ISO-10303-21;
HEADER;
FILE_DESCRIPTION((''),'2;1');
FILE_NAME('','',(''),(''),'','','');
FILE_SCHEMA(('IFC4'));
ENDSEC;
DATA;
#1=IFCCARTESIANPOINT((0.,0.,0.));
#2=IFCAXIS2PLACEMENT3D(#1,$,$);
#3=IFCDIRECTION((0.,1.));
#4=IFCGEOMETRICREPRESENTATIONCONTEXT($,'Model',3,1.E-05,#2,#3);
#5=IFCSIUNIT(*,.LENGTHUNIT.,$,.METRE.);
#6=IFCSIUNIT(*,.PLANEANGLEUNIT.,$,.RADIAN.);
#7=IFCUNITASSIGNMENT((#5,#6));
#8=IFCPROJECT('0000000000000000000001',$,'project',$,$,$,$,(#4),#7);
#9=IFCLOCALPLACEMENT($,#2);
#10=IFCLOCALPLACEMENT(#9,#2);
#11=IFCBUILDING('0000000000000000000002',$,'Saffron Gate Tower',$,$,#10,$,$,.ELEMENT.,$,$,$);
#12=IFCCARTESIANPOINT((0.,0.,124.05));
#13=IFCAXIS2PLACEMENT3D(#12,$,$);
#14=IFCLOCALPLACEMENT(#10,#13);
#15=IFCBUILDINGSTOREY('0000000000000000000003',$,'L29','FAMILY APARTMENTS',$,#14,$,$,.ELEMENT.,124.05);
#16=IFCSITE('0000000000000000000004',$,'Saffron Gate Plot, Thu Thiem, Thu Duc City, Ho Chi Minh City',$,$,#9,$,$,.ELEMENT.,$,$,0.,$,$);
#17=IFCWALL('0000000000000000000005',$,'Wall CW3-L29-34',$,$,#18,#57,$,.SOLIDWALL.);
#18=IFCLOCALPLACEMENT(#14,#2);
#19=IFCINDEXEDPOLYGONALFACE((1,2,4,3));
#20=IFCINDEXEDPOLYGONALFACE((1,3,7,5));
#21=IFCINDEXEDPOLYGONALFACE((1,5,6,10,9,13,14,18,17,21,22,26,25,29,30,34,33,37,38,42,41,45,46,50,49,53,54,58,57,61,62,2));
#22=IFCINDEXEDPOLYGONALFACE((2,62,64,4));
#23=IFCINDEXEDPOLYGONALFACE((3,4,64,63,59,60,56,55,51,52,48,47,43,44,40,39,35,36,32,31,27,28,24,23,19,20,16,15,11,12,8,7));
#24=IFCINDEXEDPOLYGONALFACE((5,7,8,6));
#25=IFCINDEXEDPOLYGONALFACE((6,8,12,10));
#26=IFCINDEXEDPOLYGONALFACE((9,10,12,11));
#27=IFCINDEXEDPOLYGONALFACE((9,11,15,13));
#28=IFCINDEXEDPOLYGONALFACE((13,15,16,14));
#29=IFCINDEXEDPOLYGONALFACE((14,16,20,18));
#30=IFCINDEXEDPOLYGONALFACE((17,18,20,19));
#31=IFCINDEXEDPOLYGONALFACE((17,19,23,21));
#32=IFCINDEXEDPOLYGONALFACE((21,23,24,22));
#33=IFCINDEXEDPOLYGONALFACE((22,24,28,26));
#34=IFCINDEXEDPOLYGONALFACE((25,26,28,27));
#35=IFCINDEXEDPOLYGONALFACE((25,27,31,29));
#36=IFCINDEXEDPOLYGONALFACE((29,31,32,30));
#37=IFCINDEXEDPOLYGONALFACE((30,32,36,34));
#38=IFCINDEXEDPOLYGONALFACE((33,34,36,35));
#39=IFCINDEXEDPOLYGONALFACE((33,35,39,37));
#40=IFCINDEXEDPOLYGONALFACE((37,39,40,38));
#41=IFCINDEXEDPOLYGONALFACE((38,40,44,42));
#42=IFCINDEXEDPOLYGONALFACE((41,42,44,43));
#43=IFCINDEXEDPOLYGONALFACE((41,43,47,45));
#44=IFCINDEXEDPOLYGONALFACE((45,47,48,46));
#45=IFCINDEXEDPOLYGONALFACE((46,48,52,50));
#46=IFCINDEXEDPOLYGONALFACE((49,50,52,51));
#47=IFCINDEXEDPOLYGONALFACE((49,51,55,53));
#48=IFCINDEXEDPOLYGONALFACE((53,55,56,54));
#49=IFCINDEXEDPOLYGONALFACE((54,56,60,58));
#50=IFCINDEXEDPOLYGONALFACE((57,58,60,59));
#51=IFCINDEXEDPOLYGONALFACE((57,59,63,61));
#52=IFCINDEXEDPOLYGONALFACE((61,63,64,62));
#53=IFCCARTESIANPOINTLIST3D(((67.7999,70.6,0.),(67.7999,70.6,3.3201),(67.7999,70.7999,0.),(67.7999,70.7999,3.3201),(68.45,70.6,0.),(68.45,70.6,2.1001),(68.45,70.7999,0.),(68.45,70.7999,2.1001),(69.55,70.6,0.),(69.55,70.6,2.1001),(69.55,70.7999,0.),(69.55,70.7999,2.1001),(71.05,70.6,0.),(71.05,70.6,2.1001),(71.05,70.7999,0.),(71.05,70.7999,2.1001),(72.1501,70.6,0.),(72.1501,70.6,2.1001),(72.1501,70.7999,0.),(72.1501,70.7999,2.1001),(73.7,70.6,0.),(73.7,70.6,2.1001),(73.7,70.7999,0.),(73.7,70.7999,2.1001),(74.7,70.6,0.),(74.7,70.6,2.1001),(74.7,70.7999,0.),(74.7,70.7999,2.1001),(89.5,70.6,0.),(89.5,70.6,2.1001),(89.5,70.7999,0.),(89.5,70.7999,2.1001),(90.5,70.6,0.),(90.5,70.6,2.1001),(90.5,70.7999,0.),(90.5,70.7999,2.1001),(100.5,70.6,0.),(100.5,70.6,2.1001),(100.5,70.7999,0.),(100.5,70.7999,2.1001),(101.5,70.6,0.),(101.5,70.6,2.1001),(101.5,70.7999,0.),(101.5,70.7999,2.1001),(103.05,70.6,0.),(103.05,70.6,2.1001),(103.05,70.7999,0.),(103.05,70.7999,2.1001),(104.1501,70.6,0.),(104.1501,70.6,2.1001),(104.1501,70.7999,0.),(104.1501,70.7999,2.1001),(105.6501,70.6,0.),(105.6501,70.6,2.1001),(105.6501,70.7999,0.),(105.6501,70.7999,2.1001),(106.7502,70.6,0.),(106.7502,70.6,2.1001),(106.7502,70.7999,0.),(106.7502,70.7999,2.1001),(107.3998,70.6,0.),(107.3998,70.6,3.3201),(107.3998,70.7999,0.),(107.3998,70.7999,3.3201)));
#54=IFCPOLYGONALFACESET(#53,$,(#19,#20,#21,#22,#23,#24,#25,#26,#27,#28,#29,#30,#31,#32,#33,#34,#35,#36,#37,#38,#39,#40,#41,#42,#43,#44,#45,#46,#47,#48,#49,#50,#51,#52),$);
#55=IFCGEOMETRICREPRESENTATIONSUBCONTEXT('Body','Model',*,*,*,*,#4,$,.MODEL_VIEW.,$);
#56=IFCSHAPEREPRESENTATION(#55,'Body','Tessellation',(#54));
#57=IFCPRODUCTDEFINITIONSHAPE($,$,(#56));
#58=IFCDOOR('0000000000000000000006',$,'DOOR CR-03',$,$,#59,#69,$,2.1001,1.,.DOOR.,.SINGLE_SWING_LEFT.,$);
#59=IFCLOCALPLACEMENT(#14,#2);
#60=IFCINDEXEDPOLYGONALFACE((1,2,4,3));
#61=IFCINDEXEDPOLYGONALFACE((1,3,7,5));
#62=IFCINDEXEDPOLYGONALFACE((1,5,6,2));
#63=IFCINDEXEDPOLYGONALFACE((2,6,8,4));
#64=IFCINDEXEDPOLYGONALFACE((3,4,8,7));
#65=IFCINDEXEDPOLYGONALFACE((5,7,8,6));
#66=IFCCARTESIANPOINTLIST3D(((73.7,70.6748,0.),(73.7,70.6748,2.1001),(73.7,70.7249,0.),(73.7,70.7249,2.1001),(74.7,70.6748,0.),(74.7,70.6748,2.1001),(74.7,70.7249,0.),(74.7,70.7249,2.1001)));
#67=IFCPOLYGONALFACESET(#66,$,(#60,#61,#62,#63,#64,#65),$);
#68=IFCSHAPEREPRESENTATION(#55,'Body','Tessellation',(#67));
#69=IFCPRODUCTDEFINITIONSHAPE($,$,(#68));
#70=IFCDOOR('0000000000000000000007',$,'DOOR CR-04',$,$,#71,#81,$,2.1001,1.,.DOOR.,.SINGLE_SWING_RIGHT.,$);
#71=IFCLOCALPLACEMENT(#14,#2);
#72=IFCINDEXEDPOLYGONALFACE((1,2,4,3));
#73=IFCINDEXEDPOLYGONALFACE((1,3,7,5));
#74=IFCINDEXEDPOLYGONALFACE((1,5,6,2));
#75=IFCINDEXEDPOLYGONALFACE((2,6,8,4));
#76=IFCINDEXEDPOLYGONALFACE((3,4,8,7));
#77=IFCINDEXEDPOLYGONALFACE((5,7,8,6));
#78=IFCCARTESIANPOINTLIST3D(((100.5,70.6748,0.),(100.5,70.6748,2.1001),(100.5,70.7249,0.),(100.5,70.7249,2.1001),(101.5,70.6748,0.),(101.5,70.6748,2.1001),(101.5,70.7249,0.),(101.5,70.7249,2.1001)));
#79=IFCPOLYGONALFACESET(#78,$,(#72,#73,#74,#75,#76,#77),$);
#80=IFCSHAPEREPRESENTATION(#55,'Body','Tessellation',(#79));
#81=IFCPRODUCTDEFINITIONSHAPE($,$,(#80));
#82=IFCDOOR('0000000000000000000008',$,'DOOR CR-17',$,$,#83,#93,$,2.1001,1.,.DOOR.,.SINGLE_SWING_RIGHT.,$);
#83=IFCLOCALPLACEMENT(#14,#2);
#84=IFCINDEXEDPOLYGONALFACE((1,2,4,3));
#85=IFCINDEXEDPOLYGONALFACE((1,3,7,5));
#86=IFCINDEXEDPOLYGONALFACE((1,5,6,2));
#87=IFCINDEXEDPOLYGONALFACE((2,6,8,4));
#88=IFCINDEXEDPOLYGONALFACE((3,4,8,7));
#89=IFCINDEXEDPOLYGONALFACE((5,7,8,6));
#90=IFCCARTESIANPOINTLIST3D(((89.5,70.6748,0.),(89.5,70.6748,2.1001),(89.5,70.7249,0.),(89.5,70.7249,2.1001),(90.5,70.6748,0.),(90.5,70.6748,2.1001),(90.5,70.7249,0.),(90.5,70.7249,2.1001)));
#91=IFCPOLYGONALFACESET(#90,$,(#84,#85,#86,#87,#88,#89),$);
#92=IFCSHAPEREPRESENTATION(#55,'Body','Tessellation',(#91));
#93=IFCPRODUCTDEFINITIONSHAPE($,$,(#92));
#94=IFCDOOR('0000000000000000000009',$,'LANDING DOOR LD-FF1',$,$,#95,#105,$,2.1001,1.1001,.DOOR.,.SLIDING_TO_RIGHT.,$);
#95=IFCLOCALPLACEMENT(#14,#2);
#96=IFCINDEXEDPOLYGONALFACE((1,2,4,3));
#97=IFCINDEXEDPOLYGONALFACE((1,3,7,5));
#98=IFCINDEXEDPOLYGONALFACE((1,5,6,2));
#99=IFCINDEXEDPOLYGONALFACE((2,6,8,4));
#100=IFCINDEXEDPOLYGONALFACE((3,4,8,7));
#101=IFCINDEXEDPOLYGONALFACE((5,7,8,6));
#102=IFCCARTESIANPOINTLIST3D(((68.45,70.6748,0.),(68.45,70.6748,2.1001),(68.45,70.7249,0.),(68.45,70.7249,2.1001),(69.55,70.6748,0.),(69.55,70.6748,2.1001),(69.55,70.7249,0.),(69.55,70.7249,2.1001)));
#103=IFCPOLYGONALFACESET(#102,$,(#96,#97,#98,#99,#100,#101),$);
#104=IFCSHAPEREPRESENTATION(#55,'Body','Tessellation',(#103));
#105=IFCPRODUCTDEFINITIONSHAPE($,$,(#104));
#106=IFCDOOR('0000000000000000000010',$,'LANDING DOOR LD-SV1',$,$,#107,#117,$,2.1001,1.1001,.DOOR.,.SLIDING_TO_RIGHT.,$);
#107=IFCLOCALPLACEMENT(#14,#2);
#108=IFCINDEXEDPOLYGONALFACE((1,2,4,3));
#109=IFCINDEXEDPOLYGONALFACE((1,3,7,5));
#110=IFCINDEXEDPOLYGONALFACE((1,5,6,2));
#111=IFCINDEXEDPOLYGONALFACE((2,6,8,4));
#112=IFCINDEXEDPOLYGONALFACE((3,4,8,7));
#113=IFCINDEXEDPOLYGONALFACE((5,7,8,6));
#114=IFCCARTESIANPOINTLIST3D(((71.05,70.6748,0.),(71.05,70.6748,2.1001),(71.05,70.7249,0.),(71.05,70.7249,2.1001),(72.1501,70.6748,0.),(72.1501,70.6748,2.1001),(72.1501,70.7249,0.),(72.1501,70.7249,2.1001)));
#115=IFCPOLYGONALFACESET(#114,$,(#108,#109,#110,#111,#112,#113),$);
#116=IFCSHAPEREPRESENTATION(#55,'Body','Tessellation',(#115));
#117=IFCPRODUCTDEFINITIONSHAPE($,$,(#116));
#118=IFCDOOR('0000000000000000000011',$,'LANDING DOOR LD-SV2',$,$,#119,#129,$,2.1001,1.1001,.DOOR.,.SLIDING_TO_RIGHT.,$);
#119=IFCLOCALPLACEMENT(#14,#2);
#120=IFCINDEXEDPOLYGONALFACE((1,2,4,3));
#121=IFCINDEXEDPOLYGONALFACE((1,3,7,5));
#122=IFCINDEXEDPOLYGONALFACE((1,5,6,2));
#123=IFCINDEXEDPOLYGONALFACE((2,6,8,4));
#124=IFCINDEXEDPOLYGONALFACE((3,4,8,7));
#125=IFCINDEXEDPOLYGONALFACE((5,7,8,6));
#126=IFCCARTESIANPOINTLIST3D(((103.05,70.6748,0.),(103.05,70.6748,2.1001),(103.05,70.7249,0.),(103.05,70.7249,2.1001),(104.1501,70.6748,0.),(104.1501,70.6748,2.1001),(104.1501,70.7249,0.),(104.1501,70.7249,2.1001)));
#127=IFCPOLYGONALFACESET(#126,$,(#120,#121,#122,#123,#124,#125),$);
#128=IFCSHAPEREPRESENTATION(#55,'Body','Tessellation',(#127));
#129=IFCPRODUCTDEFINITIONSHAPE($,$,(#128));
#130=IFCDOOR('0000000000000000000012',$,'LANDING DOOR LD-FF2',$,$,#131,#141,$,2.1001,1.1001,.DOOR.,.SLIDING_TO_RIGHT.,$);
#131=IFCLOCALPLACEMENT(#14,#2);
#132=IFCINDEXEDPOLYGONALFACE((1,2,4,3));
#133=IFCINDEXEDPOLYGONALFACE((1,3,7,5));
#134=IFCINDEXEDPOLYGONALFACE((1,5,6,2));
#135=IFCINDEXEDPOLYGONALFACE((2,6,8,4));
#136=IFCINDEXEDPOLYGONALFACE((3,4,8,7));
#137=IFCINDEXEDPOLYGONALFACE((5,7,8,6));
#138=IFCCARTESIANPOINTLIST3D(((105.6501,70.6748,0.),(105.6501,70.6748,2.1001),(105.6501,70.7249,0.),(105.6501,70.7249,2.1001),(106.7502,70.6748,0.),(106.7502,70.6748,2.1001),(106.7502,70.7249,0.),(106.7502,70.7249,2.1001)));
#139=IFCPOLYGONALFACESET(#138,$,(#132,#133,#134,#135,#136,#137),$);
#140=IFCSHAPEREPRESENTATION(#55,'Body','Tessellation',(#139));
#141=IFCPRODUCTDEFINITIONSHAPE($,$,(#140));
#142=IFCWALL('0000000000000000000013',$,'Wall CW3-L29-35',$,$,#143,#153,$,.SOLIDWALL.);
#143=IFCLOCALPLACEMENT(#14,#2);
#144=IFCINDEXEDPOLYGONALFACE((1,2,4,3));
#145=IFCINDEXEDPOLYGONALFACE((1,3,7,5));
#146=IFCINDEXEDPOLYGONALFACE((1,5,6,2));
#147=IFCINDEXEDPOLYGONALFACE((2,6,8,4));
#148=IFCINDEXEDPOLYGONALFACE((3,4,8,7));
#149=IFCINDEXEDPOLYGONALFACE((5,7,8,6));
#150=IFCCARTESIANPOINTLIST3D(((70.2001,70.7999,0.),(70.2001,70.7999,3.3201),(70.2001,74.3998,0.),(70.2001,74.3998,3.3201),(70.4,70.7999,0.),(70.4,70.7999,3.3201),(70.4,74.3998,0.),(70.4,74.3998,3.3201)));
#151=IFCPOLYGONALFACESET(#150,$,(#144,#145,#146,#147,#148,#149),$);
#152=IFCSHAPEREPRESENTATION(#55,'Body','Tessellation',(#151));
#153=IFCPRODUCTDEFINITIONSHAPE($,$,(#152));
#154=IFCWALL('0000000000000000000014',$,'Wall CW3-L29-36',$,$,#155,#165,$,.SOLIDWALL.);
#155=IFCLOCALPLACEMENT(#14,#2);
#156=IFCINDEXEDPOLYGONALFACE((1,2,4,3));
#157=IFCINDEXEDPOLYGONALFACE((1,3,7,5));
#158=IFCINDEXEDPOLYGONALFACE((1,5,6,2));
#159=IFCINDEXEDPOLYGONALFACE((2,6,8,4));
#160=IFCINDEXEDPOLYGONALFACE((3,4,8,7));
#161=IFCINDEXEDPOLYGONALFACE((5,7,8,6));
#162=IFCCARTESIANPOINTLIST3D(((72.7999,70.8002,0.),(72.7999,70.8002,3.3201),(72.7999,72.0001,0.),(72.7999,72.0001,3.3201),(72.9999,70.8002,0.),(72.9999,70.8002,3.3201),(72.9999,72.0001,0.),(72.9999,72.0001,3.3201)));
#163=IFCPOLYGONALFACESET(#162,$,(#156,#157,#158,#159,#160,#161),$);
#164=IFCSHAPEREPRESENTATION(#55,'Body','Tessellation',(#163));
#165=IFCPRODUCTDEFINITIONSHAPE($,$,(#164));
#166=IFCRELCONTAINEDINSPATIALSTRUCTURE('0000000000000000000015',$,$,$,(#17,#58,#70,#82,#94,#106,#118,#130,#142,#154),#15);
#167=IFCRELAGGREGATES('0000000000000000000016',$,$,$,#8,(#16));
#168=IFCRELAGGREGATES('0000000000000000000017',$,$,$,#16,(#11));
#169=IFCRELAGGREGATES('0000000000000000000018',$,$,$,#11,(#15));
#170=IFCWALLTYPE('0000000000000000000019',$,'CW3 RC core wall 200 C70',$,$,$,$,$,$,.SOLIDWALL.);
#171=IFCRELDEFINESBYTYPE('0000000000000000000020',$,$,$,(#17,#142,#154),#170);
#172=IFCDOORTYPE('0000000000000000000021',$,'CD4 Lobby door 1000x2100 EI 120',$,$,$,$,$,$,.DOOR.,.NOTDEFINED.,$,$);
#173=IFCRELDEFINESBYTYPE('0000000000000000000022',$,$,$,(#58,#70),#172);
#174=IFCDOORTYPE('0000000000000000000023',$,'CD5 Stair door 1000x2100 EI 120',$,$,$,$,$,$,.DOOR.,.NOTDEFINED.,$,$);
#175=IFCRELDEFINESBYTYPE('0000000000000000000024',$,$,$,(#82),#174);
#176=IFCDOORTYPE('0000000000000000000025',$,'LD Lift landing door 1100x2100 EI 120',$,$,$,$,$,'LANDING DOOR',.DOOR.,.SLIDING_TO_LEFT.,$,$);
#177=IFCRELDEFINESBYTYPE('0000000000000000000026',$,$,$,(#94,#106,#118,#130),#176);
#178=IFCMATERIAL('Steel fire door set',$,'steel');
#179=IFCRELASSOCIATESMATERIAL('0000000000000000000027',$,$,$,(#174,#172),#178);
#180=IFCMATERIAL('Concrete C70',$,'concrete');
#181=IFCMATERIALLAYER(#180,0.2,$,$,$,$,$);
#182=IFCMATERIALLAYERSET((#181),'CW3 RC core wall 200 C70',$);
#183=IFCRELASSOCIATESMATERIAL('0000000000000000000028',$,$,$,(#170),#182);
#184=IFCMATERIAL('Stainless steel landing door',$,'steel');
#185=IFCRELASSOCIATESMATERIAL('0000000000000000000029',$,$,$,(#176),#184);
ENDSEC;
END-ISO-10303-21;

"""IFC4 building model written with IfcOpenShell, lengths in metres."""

from ifc_helpers import new_model, si_unit, direction, frame, frame_2d, origin, place, context, subcontext, project, spatial, rectangle, extrude, material, layer, layer_set, type_object, element, fill, save


model = new_model("IFC4")

# Units and contexts
model_context = context("Model", 3, precision=1e-05, world=origin(), true_north=direction((0.0, 1.0)))
body_context = subcontext(model_context, "Body", "Model", "MODEL_VIEW")
ifc_project = project(units=[si_unit("LENGTHUNIT", "METRE"), si_unit("PLANEANGLEUNIT", "RADIAN")], contexts=[model_context])

# Site, building, storey
site_placement = place(None, origin())
site = spatial("IfcSite", under=ifc_project, at=site_placement, Name="Saffron Gate Plot, Thu Thiem, Thu Duc City, Ho Chi Minh City", CompositionType="ELEMENT", RefElevation=0.0)
building_placement = place(site_placement, origin())
building = spatial("IfcBuilding", under=site, at=building_placement, Name="Saffron Gate Tower", CompositionType="ELEMENT")
storey_placement = place(building_placement, frame((0.0, 0.0, 124.05)))
storey = spatial("IfcBuildingStorey", under=building, at=storey_placement, Name="L29", Description="FAMILY APARTMENTS", CompositionType="ELEMENT", Elevation=124.05)

# Wall, openings, doors
ifc_material_1 = material(Name="Concrete C70", Category="concrete")
ifc_material_2 = material(Name="Steel fire door set", Category="steel")
door_type_1 = type_object("IfcDoorType", Name="CD5 Stair door 1000x2100 EI 120", OperationType="NOTDEFINED", PredefinedType="DOOR", material=ifc_material_2)
ifc_layer_1 = layer(ifc_material_1, 0.2)
ifc_layer_set_1 = layer_set([ifc_layer_1], Name="CW3 RC core wall 200 C70")
wall_type_1 = type_object("IfcWallType", Name="CW3 RC core wall 200 C70", PredefinedType="SOLIDWALL", material=ifc_layer_set_1)
wall_1_placement = place(storey_placement, frame((67.8, 70.7, 0.0), z_axis=(0.0, 0.0, 1.0), x_axis=(1.0, 0.0, 0.0)))
wall_1 = element("IfcWall", 1, at=wall_1_placement, inside=storey, type_object=wall_type_1, Name="Wall CW3-L29-34", PredefinedType="SOLIDWALL", context=body_context, shape_type="SweptSolid", body=[
    extrude(rectangle(XDim=39.5999, YDim=0.2, at=frame_2d((19.7998, 0.0))), origin(), (0.0, 0.0, 1.0), 3.3201),
])
opening_1_placement = place(wall_1_placement, frame((0.6499, 0.0, 0.0)))
opening_1 = element("IfcOpeningElement", 2, at=opening_1_placement, cuts=wall_1, PredefinedType="OPENING", context=body_context, shape_type="SweptSolid", body=[
    extrude(rectangle(XDim=1.1001, YDim=2.1001, at=frame_2d((0.55, 1.05))), frame((0.0, 0.1099, 0.0), z_axis=(0.0, -1.0, 0.0), x_axis=(1.0, 0.0, 0.0)), (0.0, 0.0, 1.0), 0.22),
])
opening_2_placement = place(wall_1_placement, frame((3.25, 0.0, 0.0)))
opening_2 = element("IfcOpeningElement", 3, at=opening_2_placement, cuts=wall_1, PredefinedType="OPENING", context=body_context, shape_type="SweptSolid", body=[
    extrude(rectangle(XDim=1.1001, YDim=2.1001, at=frame_2d((0.55, 1.05))), frame((0.0, 0.1099, 0.0), z_axis=(0.0, -1.0, 0.0), x_axis=(1.0, 0.0, 0.0)), (0.0, 0.0, 1.0), 0.22),
])
opening_3_placement = place(wall_1_placement, frame((5.8999, 0.0, 0.0)))
opening_3 = element("IfcOpeningElement", 4, at=opening_3_placement, cuts=wall_1, PredefinedType="OPENING", context=body_context, shape_type="SweptSolid", body=[
    extrude(rectangle(XDim=1.0, YDim=2.1001, at=frame_2d((0.5, 1.05))), frame((0.0, 0.1099, 0.0), z_axis=(0.0, -1.0, 0.0), x_axis=(1.0, 0.0, 0.0)), (0.0, 0.0, 1.0), 0.22),
])
opening_4_placement = place(wall_1_placement, frame((21.7, 0.0, 0.0)))
opening_4 = element("IfcOpeningElement", 5, at=opening_4_placement, cuts=wall_1, PredefinedType="OPENING", context=body_context, shape_type="SweptSolid", body=[
    extrude(rectangle(XDim=1.0, YDim=2.1001, at=frame_2d((0.5, 1.05))), frame((0.0, 0.1099, 0.0), z_axis=(0.0, -1.0, 0.0), x_axis=(1.0, 0.0, 0.0)), (0.0, 0.0, 1.0), 0.22),
])
opening_5_placement = place(wall_1_placement, frame((32.7, 0.0, 0.0)))
opening_5 = element("IfcOpeningElement", 6, at=opening_5_placement, cuts=wall_1, PredefinedType="OPENING", context=body_context, shape_type="SweptSolid", body=[
    extrude(rectangle(XDim=1.0, YDim=2.1001, at=frame_2d((0.5, 1.05))), frame((0.0, 0.1099, 0.0), z_axis=(0.0, -1.0, 0.0), x_axis=(1.0, 0.0, 0.0)), (0.0, 0.0, 1.0), 0.22),
])
opening_6_placement = place(wall_1_placement, frame((35.25, 0.0, 0.0)))
opening_6 = element("IfcOpeningElement", 7, at=opening_6_placement, cuts=wall_1, PredefinedType="OPENING", context=body_context, shape_type="SweptSolid", body=[
    extrude(rectangle(XDim=1.1001, YDim=2.1001, at=frame_2d((0.55, 1.05))), frame((0.0, 0.1099, 0.0), z_axis=(0.0, -1.0, 0.0), x_axis=(1.0, 0.0, 0.0)), (0.0, 0.0, 1.0), 0.22),
])
opening_7_placement = place(wall_1_placement, frame((37.8501, 0.0, 0.0)))
opening_7 = element("IfcOpeningElement", 8, at=opening_7_placement, cuts=wall_1, PredefinedType="OPENING", context=body_context, shape_type="SweptSolid", body=[
    extrude(rectangle(XDim=1.1001, YDim=2.1001, at=frame_2d((0.55, 1.05))), frame((0.0, 0.1099, 0.0), z_axis=(0.0, -1.0, 0.0), x_axis=(1.0, 0.0, 0.0)), (0.0, 0.0, 1.0), 0.22),
])
door_type_2 = type_object("IfcDoorType", Name="CD4 Lobby door 1000x2100 EI 120", OperationType="NOTDEFINED", PredefinedType="DOOR", material=ifc_material_2)
door_1_placement = place(opening_3_placement, origin())
door_1 = element("IfcDoor", 9, at=door_1_placement, inside=storey, type_object=door_type_2, Name="DOOR CR-03", OperationType="SINGLE_SWING_LEFT", OverallHeight=2.1001, OverallWidth=1.0, PredefinedType="DOOR", context=body_context, shape_type="SweptSolid", body=[
    extrude(rectangle(XDim=1.0, YDim=2.1001, at=frame_2d((0.5, 1.05))), frame((0.0, 0.0249, 0.0), z_axis=(0.0, -1.0, 0.0), x_axis=(1.0, 0.0, 0.0)), (0.0, 0.0, 1.0), 0.05),
])
fill(opening_3, door_1)
door_2_placement = place(opening_5_placement, origin())
door_2 = element("IfcDoor", 10, at=door_2_placement, inside=storey, type_object=door_type_2, Name="DOOR CR-04", OperationType="SINGLE_SWING_RIGHT", OverallHeight=2.1001, OverallWidth=1.0, PredefinedType="DOOR", context=body_context, shape_type="SweptSolid", body=[
    extrude(rectangle(XDim=1.0, YDim=2.1001, at=frame_2d((0.5, 1.05))), frame((0.0, 0.0249, 0.0), z_axis=(0.0, -1.0, 0.0), x_axis=(1.0, 0.0, 0.0)), (0.0, 0.0, 1.0), 0.05),
])
fill(opening_5, door_2)
door_3_placement = place(opening_4_placement, origin())
door_3 = element("IfcDoor", 11, at=door_3_placement, inside=storey, type_object=door_type_1, Name="DOOR CR-17", OperationType="SINGLE_SWING_RIGHT", OverallHeight=2.1001, OverallWidth=1.0, PredefinedType="DOOR", context=body_context, shape_type="SweptSolid", body=[
    extrude(rectangle(XDim=1.0, YDim=2.1001, at=frame_2d((0.5, 1.05))), frame((0.0, 0.0249, 0.0), z_axis=(0.0, -1.0, 0.0), x_axis=(1.0, 0.0, 0.0)), (0.0, 0.0, 1.0), 0.05),
])
fill(opening_4, door_3)
ifc_material_3 = material(Name="Stainless steel landing door", Category="steel")
door_type_3 = type_object("IfcDoorType", Name="LD Lift landing door 1100x2100 EI 120", ElementType="LANDING DOOR", OperationType="SLIDING_TO_LEFT", PredefinedType="DOOR", material=ifc_material_3)
door_4_placement = place(opening_1_placement, origin())
door_4 = element("IfcDoor", 12, at=door_4_placement, inside=storey, type_object=door_type_3, Name="LANDING DOOR LD-FF1", OperationType="SLIDING_TO_RIGHT", OverallHeight=2.1001, OverallWidth=1.1001, PredefinedType="DOOR", context=body_context, shape_type="SweptSolid", body=[
    extrude(rectangle(XDim=1.1001, YDim=2.1001, at=frame_2d((0.55, 1.05))), frame((0.0, 0.0249, 0.0), z_axis=(0.0, -1.0, 0.0), x_axis=(1.0, 0.0, 0.0)), (0.0, 0.0, 1.0), 0.05),
])
fill(opening_1, door_4)
door_5_placement = place(opening_2_placement, origin())
door_5 = element("IfcDoor", 13, at=door_5_placement, inside=storey, type_object=door_type_3, Name="LANDING DOOR LD-SV1", OperationType="SLIDING_TO_RIGHT", OverallHeight=2.1001, OverallWidth=1.1001, PredefinedType="DOOR", context=body_context, shape_type="SweptSolid", body=[
    extrude(rectangle(XDim=1.1001, YDim=2.1001, at=frame_2d((0.55, 1.05))), frame((0.0, 0.0249, 0.0), z_axis=(0.0, -1.0, 0.0), x_axis=(1.0, 0.0, 0.0)), (0.0, 0.0, 1.0), 0.05),
])
fill(opening_2, door_5)
door_6_placement = place(opening_6_placement, origin())
door_6 = element("IfcDoor", 14, at=door_6_placement, inside=storey, type_object=door_type_3, Name="LANDING DOOR LD-SV2", OperationType="SLIDING_TO_RIGHT", OverallHeight=2.1001, OverallWidth=1.1001, PredefinedType="DOOR", context=body_context, shape_type="SweptSolid", body=[
    extrude(rectangle(XDim=1.1001, YDim=2.1001, at=frame_2d((0.55, 1.05))), frame((0.0, 0.0249, 0.0), z_axis=(0.0, -1.0, 0.0), x_axis=(1.0, 0.0, 0.0)), (0.0, 0.0, 1.0), 0.05),
])
fill(opening_6, door_6)
door_7_placement = place(opening_7_placement, origin())
door_7 = element("IfcDoor", 15, at=door_7_placement, inside=storey, type_object=door_type_3, Name="LANDING DOOR LD-FF2", OperationType="SLIDING_TO_RIGHT", OverallHeight=2.1001, OverallWidth=1.1001, PredefinedType="DOOR", context=body_context, shape_type="SweptSolid", body=[
    extrude(rectangle(XDim=1.1001, YDim=2.1001, at=frame_2d((0.55, 1.05))), frame((0.0, 0.0249, 0.0), z_axis=(0.0, -1.0, 0.0), x_axis=(1.0, 0.0, 0.0)), (0.0, 0.0, 1.0), 0.05),
])
fill(opening_7, door_7)

# Walls
wall_2_placement = place(storey_placement, frame((70.3, 70.8, 0.0), z_axis=(0.0, 0.0, 1.0), x_axis=(0.0, 1.0, 0.0)))
element("IfcWall", 16, at=wall_2_placement, inside=storey, type_object=wall_type_1, Name="Wall CW3-L29-35", PredefinedType="SOLIDWALL", context=body_context, shape_type="SweptSolid", body=[
    extrude(rectangle(XDim=3.5999, YDim=0.2, at=frame_2d((1.7998, 0.0))), origin(), (0.0, 0.0, 1.0), 3.3201),
])
wall_3_placement = place(storey_placement, frame((72.8999, 70.8, 0.0), z_axis=(0.0, 0.0, 1.0), x_axis=(0.0, 1.0, 0.0)))
element("IfcWall", 17, at=wall_3_placement, inside=storey, type_object=wall_type_1, Name="Wall CW3-L29-36", PredefinedType="SOLIDWALL", context=body_context, shape_type="SweptSolid", body=[
    extrude(rectangle(XDim=1.2, YDim=0.2, at=frame_2d((0.6001, 0.0))), origin(), (0.0, 0.0, 1.0), 3.3201),
])

save(model, "model.ifc")
